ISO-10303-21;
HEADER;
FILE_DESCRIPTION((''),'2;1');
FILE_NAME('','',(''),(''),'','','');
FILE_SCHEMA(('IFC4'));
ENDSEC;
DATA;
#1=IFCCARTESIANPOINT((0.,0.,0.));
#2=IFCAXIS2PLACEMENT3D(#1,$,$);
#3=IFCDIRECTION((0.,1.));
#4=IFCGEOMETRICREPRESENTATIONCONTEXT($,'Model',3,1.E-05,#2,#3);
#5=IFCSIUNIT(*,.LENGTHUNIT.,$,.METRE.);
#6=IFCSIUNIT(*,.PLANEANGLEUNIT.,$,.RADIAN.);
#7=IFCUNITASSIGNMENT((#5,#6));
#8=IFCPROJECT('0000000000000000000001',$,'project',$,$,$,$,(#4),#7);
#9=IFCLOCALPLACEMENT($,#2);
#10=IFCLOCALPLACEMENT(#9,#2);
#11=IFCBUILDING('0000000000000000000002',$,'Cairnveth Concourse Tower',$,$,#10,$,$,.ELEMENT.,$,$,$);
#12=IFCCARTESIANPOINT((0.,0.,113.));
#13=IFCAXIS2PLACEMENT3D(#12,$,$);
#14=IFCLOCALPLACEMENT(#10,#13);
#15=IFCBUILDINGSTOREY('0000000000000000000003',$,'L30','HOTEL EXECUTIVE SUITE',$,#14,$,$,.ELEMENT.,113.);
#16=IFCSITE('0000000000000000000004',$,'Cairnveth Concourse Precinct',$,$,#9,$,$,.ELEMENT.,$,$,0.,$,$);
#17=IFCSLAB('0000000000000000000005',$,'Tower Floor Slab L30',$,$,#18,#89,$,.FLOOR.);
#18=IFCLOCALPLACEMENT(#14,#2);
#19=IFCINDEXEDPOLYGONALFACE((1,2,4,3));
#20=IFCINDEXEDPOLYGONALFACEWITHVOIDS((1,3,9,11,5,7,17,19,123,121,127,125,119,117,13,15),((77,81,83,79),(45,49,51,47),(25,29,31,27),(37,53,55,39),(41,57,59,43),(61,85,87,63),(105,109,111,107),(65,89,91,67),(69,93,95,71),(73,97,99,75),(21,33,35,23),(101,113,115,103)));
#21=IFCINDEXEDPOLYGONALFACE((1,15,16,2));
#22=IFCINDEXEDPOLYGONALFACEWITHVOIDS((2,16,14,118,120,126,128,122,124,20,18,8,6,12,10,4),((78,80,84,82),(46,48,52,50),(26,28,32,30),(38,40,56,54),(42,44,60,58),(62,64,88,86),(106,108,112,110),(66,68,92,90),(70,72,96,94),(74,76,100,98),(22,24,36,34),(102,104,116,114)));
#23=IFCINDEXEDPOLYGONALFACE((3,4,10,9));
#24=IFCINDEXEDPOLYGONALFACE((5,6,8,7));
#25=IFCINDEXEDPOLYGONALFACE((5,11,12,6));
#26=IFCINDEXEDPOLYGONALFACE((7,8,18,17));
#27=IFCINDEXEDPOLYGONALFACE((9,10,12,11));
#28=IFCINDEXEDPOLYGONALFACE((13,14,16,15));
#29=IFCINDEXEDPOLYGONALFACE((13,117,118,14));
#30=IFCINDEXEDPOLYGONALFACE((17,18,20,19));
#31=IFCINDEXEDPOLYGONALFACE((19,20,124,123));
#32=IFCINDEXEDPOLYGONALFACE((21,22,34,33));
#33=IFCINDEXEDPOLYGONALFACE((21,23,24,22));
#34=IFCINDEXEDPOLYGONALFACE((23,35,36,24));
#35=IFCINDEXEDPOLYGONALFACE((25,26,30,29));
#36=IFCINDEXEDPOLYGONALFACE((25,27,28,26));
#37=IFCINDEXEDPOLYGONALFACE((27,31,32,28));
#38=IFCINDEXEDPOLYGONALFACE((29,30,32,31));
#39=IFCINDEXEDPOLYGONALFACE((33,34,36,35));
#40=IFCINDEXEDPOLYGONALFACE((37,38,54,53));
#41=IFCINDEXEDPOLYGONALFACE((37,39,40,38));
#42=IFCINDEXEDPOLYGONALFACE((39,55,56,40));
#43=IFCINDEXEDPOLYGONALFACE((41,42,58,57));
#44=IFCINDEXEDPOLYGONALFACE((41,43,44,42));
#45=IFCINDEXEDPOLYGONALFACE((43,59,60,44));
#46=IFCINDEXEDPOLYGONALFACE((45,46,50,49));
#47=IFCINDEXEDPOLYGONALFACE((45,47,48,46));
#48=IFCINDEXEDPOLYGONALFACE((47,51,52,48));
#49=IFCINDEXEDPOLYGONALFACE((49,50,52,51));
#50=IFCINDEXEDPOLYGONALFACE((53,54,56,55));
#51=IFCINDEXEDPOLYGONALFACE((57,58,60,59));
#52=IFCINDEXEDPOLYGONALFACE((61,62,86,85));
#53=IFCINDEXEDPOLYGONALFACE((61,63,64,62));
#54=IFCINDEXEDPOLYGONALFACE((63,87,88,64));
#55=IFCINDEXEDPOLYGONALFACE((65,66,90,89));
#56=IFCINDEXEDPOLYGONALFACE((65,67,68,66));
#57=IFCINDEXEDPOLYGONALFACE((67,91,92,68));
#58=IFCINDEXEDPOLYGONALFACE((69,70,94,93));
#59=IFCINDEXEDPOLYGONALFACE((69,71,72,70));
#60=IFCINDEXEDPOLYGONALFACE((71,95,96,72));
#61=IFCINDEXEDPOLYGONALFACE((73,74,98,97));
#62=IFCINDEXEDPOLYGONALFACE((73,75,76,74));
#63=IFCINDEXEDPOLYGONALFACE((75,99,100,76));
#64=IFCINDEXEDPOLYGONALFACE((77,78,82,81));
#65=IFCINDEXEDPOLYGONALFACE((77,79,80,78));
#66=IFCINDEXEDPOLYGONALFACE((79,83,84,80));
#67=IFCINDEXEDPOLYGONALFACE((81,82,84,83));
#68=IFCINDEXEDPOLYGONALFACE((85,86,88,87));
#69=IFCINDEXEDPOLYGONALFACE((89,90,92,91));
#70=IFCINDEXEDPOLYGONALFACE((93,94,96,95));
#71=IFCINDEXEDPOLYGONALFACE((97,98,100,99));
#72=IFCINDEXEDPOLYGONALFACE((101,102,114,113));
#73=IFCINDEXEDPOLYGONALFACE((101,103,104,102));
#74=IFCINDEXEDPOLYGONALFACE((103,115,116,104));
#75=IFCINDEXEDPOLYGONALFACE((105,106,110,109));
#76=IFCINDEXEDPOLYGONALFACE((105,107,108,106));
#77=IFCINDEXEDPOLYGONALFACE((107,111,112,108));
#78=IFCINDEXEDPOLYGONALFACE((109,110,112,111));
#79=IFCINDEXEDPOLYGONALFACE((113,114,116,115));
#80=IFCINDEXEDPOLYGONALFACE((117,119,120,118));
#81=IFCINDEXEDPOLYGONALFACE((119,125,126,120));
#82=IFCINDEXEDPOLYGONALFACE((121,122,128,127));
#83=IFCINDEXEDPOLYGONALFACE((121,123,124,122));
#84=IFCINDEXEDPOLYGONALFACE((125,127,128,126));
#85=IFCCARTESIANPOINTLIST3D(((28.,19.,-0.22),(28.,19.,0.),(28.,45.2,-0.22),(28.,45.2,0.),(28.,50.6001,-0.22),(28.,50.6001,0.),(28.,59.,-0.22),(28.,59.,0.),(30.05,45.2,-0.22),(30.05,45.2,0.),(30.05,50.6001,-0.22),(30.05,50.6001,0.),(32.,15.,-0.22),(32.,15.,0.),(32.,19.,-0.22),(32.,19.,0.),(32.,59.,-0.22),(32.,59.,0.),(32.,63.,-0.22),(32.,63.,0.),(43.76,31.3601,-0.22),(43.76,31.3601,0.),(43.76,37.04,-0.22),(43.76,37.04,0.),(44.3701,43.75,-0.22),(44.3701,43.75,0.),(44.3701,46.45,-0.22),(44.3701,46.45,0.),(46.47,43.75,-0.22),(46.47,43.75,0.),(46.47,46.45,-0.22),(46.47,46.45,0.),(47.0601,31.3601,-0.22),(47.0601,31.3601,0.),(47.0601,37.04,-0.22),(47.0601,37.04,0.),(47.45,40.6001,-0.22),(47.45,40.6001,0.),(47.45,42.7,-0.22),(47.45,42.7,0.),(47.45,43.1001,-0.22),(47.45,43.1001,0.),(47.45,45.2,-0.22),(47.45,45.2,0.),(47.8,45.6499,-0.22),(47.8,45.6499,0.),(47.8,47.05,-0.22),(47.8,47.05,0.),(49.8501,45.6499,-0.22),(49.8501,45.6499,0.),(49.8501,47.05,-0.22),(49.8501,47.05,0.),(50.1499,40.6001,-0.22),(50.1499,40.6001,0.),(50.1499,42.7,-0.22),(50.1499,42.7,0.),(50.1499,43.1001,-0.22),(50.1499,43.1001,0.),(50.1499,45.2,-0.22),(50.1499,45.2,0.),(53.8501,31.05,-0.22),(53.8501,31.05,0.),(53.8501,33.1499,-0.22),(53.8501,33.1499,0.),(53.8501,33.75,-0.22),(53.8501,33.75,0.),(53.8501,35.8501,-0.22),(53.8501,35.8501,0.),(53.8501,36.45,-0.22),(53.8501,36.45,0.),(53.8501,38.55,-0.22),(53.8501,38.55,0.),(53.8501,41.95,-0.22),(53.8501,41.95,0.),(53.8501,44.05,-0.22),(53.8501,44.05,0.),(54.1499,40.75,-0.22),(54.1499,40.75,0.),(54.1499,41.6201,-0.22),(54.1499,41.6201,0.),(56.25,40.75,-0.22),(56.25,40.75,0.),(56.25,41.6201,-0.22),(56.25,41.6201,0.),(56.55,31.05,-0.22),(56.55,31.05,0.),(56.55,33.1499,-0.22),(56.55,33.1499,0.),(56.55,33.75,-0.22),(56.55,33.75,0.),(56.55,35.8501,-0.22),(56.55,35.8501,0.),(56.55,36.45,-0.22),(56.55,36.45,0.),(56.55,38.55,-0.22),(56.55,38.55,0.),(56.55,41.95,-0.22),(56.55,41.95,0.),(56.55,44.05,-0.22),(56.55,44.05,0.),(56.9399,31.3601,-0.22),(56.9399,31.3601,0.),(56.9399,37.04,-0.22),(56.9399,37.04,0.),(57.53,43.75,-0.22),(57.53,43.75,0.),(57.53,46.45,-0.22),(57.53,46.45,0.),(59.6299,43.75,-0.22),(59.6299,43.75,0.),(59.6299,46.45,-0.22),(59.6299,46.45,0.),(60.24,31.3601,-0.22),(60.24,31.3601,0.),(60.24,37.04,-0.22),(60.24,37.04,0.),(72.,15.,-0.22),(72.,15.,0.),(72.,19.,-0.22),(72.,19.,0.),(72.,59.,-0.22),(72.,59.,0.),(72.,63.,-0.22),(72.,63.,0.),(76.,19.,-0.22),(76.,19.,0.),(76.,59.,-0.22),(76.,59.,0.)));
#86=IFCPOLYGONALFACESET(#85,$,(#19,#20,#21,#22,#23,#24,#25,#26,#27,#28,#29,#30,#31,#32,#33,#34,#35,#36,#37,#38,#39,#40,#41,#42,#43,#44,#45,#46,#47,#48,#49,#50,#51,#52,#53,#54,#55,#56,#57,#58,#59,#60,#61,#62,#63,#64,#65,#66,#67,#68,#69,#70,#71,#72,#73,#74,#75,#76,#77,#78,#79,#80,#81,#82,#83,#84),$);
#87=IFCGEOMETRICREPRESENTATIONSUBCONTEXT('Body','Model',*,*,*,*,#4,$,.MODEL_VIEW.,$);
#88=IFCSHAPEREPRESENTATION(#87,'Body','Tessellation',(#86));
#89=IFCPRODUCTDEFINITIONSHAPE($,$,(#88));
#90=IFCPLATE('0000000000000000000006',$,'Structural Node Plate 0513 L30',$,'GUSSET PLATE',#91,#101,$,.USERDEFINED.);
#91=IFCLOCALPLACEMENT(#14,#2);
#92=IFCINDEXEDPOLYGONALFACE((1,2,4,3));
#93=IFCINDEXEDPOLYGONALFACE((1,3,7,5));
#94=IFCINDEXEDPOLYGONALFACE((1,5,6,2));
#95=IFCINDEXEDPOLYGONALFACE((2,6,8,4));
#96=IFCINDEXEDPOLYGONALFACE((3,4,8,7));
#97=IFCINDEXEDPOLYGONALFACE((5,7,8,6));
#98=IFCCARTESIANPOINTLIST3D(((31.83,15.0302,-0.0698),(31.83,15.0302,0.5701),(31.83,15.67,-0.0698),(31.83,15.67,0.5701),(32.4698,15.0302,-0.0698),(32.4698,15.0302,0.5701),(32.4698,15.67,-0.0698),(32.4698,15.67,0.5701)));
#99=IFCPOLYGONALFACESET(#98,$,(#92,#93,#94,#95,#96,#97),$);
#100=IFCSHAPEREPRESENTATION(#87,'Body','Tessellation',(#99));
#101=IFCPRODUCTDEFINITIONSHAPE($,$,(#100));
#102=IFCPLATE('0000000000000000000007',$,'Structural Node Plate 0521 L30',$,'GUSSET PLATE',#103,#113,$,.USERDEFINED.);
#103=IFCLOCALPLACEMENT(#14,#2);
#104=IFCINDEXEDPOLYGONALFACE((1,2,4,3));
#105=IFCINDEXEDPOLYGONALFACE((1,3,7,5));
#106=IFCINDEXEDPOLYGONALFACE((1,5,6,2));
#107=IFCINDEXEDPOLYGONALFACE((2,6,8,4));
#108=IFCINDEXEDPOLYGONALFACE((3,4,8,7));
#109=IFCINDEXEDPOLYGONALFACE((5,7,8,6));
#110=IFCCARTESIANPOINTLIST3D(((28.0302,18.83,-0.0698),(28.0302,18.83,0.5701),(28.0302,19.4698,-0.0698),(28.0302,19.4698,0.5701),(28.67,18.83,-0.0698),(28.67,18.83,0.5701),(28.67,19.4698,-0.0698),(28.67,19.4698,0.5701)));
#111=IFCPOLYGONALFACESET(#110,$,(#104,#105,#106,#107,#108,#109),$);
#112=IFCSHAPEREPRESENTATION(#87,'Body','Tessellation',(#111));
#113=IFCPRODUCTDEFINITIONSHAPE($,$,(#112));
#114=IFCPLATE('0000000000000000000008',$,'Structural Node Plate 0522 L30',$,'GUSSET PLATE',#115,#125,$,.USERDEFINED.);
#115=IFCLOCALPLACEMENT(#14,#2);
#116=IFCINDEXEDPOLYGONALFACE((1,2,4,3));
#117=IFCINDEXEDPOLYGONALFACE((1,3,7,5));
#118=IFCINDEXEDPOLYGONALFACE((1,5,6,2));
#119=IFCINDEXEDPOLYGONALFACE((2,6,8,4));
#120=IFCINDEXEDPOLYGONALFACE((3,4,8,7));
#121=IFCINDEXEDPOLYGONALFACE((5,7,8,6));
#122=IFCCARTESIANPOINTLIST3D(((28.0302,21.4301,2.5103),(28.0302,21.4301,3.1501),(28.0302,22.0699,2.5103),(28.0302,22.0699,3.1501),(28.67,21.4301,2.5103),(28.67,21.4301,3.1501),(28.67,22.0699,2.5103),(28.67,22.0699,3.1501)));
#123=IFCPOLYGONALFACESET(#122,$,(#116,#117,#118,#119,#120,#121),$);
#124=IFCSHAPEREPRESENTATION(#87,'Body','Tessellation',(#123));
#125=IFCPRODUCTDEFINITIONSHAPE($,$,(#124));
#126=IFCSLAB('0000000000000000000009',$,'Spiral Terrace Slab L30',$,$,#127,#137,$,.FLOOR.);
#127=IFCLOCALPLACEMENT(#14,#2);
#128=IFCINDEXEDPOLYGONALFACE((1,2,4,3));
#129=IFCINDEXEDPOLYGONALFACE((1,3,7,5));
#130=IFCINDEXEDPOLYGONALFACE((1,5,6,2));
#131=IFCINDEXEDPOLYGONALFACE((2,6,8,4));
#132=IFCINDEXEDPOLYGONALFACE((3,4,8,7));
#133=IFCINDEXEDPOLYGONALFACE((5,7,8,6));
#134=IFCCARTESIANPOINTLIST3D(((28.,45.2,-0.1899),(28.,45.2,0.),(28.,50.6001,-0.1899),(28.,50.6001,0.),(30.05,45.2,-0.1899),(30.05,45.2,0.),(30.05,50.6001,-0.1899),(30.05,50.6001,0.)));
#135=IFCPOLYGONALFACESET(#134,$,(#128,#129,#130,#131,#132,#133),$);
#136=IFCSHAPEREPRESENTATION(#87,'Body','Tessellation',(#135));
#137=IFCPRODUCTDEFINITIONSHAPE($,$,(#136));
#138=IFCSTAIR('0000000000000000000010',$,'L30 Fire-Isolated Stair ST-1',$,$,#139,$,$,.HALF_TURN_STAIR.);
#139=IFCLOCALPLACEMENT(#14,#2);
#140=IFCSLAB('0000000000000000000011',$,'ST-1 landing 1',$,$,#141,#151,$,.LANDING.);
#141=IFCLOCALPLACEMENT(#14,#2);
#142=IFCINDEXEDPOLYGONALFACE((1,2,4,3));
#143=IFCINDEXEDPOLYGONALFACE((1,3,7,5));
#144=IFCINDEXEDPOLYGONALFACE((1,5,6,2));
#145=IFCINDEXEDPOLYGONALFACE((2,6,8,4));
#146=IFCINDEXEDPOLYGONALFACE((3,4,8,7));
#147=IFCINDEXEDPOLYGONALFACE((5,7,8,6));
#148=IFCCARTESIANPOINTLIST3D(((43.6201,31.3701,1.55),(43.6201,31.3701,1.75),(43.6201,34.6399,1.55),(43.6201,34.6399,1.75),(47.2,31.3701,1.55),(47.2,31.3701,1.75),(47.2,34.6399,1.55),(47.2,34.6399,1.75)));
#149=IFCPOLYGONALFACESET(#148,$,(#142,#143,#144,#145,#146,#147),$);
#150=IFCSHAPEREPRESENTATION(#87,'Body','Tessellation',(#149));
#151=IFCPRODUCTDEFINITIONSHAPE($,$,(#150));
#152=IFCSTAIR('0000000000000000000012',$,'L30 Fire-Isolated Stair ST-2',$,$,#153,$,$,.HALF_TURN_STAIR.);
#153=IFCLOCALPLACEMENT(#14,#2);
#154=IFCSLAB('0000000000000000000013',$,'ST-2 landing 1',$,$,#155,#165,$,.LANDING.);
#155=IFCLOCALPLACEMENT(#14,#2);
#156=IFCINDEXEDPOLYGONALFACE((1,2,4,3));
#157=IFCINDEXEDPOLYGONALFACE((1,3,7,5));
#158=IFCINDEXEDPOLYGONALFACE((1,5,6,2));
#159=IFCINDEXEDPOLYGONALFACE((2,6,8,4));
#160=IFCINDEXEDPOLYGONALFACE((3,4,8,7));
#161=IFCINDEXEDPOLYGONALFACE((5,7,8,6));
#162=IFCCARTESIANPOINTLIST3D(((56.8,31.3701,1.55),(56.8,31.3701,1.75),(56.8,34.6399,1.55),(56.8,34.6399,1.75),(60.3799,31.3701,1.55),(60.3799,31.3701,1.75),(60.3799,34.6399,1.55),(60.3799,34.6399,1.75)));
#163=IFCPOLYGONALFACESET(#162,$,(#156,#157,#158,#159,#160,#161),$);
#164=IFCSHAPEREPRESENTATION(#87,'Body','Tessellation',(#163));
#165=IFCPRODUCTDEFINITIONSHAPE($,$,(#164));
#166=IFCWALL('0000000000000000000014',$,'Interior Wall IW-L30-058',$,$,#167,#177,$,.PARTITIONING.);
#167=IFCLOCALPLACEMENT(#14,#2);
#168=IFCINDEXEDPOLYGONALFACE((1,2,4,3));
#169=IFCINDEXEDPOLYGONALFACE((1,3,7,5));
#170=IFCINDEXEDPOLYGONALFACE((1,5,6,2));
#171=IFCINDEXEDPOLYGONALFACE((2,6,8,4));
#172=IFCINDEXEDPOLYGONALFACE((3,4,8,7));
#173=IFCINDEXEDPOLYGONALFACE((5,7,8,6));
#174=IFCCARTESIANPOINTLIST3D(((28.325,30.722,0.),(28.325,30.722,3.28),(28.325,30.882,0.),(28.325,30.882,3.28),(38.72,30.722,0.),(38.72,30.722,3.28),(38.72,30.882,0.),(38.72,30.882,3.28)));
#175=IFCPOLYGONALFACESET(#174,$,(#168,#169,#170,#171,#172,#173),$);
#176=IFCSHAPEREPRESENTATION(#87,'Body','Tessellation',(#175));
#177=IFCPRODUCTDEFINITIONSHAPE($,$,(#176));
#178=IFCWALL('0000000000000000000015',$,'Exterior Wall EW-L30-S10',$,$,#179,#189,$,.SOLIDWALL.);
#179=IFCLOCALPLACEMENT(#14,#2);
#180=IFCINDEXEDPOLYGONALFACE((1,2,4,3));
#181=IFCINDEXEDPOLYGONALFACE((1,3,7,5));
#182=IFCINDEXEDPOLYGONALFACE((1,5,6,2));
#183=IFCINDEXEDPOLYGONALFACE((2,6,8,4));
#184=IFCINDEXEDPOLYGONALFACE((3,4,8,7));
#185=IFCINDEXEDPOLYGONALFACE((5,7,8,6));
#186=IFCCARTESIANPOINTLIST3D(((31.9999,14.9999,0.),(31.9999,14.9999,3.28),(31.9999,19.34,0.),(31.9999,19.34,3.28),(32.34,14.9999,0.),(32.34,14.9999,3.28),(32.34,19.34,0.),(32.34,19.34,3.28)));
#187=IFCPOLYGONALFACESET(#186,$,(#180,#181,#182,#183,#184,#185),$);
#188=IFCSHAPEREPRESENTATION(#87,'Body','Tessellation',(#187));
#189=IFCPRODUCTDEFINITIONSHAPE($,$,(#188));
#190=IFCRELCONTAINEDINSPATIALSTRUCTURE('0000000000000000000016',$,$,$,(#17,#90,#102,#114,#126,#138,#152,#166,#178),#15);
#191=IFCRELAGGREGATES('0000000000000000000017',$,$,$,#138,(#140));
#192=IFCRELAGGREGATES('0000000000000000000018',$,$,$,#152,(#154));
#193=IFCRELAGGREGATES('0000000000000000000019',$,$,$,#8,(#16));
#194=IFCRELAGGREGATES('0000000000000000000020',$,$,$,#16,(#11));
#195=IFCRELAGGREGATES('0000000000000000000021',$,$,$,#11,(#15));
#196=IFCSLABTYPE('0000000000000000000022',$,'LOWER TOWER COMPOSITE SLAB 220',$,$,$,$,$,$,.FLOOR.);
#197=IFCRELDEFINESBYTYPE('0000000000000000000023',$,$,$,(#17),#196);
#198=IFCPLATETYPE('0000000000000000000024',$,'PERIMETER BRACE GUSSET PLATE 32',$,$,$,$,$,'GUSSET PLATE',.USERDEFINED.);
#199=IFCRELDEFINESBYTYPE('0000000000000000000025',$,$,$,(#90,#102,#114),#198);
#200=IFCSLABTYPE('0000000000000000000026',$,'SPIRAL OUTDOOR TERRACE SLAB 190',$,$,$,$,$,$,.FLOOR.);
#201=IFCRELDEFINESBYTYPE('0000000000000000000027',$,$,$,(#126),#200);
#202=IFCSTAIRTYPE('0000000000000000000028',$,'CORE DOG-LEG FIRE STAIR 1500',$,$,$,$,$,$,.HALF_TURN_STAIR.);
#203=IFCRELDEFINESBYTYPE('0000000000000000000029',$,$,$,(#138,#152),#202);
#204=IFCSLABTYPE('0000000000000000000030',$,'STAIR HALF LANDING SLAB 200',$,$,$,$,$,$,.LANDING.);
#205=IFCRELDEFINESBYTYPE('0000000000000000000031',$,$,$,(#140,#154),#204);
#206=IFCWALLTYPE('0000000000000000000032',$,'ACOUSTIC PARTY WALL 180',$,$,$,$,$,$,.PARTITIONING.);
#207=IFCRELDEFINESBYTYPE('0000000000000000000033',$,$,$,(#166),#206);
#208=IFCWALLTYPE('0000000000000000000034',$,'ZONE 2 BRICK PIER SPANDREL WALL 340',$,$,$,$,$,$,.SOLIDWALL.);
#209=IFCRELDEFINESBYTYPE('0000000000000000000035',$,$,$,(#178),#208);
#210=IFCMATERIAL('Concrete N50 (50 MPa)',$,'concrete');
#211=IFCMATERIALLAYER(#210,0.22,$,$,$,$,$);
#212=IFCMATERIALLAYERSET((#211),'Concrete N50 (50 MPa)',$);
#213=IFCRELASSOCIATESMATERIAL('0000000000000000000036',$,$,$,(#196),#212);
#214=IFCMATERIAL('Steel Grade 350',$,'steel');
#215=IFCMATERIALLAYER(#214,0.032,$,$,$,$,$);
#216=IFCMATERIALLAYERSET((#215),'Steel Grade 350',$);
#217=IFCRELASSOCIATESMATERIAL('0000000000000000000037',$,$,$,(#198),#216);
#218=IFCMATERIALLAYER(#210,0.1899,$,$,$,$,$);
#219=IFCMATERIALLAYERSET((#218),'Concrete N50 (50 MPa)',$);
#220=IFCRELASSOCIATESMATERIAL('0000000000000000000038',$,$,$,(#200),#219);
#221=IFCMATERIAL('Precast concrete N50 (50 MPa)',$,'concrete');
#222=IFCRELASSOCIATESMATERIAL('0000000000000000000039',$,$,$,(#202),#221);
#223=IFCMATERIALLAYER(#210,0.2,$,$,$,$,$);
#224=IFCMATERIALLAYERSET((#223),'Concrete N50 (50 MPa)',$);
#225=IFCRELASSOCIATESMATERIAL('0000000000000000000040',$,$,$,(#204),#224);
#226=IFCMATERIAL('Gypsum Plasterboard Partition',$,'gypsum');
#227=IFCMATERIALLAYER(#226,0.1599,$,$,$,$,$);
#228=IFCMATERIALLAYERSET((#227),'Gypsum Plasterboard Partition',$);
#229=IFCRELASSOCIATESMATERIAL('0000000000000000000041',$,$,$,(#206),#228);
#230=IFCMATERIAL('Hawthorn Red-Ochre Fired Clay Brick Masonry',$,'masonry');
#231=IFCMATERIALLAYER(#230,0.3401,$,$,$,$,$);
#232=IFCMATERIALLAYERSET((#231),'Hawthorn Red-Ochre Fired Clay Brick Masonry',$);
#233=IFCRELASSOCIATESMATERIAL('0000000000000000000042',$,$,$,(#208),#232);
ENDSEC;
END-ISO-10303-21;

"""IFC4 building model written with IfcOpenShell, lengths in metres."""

from ifc_helpers import new_model, si_unit, direction, frame, frame_2d, origin, origin_2d, place, context, subcontext, project, spatial, polyline, rectangle, outline, extrude, material, layer, layer_set, type_object, element, aggregate, save


model = new_model("IFC4")

# Units and contexts
model_context = context("Model", 3, precision=1e-05, world=origin(), true_north=direction((0.0, 1.0)))
body_context = subcontext(model_context, "Body", "Model", "MODEL_VIEW")
ifc_project = project(units=[si_unit("LENGTHUNIT", "METRE"), si_unit("PLANEANGLEUNIT", "RADIAN")], contexts=[model_context])

# Site, building, storey
site_placement = place(None, origin())
site = spatial("IfcSite", under=ifc_project, at=site_placement, Name="Cairnveth Concourse Precinct", CompositionType="ELEMENT", RefElevation=0.0)
building_placement = place(site_placement, origin())
building = spatial("IfcBuilding", under=site, at=building_placement, Name="Cairnveth Concourse Tower", CompositionType="ELEMENT")
storey_placement = place(building_placement, frame((0.0, 0.0, 113.0)))
storey = spatial("IfcBuildingStorey", under=building, at=storey_placement, Name="L30", Description="HOTEL EXECUTIVE SUITE", CompositionType="ELEMENT", Elevation=113.0)

# Shared definitions
ifc_material_1 = material(Name="Steel Grade 350", Category="steel")

# Slab
ifc_material_2 = material(Name="Concrete N50 (50 MPa)", Category="concrete")
ifc_layer_1 = layer(ifc_material_2, 0.22)
ifc_layer_set_1 = layer_set([ifc_layer_1], Name="Concrete N50 (50 MPa)")
slab_type_1 = type_object("IfcSlabType", Name="LOWER TOWER COMPOSITE SLAB 220", PredefinedType="FLOOR", material=ifc_layer_set_1)
slab_1_placement = place(storey_placement, frame((0.0, 0.0, -0.22)))
element("IfcSlab", 1, at=slab_1_placement, inside=storey, type_object=slab_type_1, Name="Tower Floor Slab L30", PredefinedType="FLOOR", context=body_context, shape_type="SweptSolid", body=[
    extrude(outline(polyline([(28.0, 50.6001), (30.05, 50.6001), (30.05, 45.2), (28.0, 45.2), (28.0, 19.0), (32.0, 19.0), (32.0, 15.0), (72.0, 15.0), (72.0, 19.0), (76.0, 19.0), (76.0, 59.0), (72.0, 59.0), (72.0, 63.0), (32.0, 63.0), (32.0, 59.0), (28.0, 59.0), (28.0, 50.6001)]), holes=[polyline([(43.76, 31.3601), (47.0601, 31.3601), (47.0601, 37.04), (43.76, 37.04), (43.76, 31.3601)]), polyline([(56.9399, 31.3601), (60.24, 31.3601), (60.24, 37.04), (56.9399, 37.04), (56.9399, 31.3601)]), polyline([(44.3701, 43.75), (46.47, 43.75), (46.47, 46.45), (44.3701, 46.45), (44.3701, 43.75)]), polyline([(57.53, 43.75), (59.6299, 43.75), (59.6299, 46.45), (57.53, 46.45), (57.53, 43.75)]), polyline([(53.8501, 31.05), (56.55, 31.05), (56.55, 33.1499), (53.8501, 33.1499), (53.8501, 31.05)]), polyline([(53.8501, 33.75), (56.55, 33.75), (56.55, 35.8501), (53.8501, 35.8501), (53.8501, 33.75)]), polyline([(53.8501, 36.45), (56.55, 36.45), (56.55, 38.55), (53.8501, 38.55), (53.8501, 36.45)]), polyline([(47.45, 40.6001), (50.1499, 40.6001), (50.1499, 42.7), (47.45, 42.7), (47.45, 40.6001)]), polyline([(47.45, 43.1001), (50.1499, 43.1001), (50.1499, 45.2), (47.45, 45.2), (47.45, 43.1001)]), polyline([(53.8501, 41.95), (56.55, 41.95), (56.55, 44.05), (53.8501, 44.05), (53.8501, 41.95)]), polyline([(47.8, 45.6499), (49.8501, 45.6499), (49.8501, 47.05), (47.8, 47.05), (47.8, 45.6499)]), polyline([(54.1499, 40.75), (56.25, 40.75), (56.25, 41.6201), (54.1499, 41.6201), (54.1499, 40.75)])]), origin(), (0.0, 0.0, 1.0), 0.22),
])

# Plates
ifc_layer_2 = layer(ifc_material_1, 0.032)
ifc_layer_set_2 = layer_set([ifc_layer_2], Name="Steel Grade 350")
plate_type = type_object("IfcPlateType", Name="PERIMETER BRACE GUSSET PLATE 32", ElementType="GUSSET PLATE", PredefinedType="USERDEFINED", material=ifc_layer_set_2)
for number, where, z_axis, x_axis, name in (
    (2, (32.1499, 15.3501, -0.0698), (0.0, 0.0, 1.0), (1.0, 0.0, 0.0), "Structural Node Plate 0513 L30"),
    (3, (28.3501, 19.1499, -0.0698), (0.0, 0.0, 1.0), (1.0, 0.0, 0.0), "Structural Node Plate 0521 L30"),
    (4, (28.3501, 21.75, 2.5103), (0.0, 0.0, 1.0), (1.0, 0.0, 0.0), "Structural Node Plate 0522 L30"),
):
    element("IfcPlate", number, at=place(storey_placement, frame(where, z_axis=z_axis, x_axis=x_axis)), inside=storey, type_object=plate_type, Name=name, ObjectType="GUSSET PLATE", PredefinedType="USERDEFINED", context=body_context, shape_type="SweptSolid", body=[
        extrude(rectangle(XDim=0.6399, YDim=0.6399, at=origin_2d()), origin(), (0.0, 0.0, 1.0), 0.6399),
    ])

# Slab
ifc_layer_3 = layer(ifc_material_2, 0.1899)
ifc_layer_set_3 = layer_set([ifc_layer_3], Name="Concrete N50 (50 MPa)")
slab_type_2 = type_object("IfcSlabType", Name="SPIRAL OUTDOOR TERRACE SLAB 190", PredefinedType="FLOOR", material=ifc_layer_set_3)
slab_2_placement = place(storey_placement, frame((0.0, 0.0, -0.1899)))
element("IfcSlab", 5, at=slab_2_placement, inside=storey, type_object=slab_type_2, Name="Spiral Terrace Slab L30", PredefinedType="FLOOR", context=body_context, shape_type="SweptSolid", body=[
    extrude(outline(polyline([(28.0, 45.2), (30.05, 45.2), (30.05, 50.6001), (28.0, 50.6001), (28.0, 45.2)])), origin(), (0.0, 0.0, 1.0), 0.1899),
])

# Stairs, slabs
ifc_material_3 = material(Name="Precast concrete N50 (50 MPa)", Category="concrete")
stair_type = type_object("IfcStairType", Name="CORE DOG-LEG FIRE STAIR 1500", PredefinedType="HALF_TURN_STAIR", material=ifc_material_3)
stair_1_placement = place(storey_placement, origin())
stair_1 = element("IfcStair", 6, at=stair_1_placement, inside=storey, type_object=stair_type, Name="L30 Fire-Isolated Stair ST-1", PredefinedType="HALF_TURN_STAIR")
ifc_layer_4 = layer(ifc_material_2, 0.2)
ifc_layer_set_4 = layer_set([ifc_layer_4], Name="Concrete N50 (50 MPa)")
slab_type_3 = type_object("IfcSlabType", Name="STAIR HALF LANDING SLAB 200", PredefinedType="LANDING", material=ifc_layer_set_4)
slab_3_placement = place(storey_placement, frame((0.0, 0.0, 1.55)))
slab_3 = element("IfcSlab", 7, at=slab_3_placement, type_object=slab_type_3, Name="ST-1 landing 1", PredefinedType="LANDING", context=body_context, shape_type="SweptSolid", body=[
    extrude(outline(polyline([(43.6201, 34.6399), (43.6201, 31.3701), (47.2, 31.3701), (47.2, 34.6399), (43.6201, 34.6399)])), origin(), (0.0, 0.0, 1.0), 0.2),
])
aggregate(stair_1, [slab_3])
stair_2_placement = place(storey_placement, origin())
stair_2 = element("IfcStair", 8, at=stair_2_placement, inside=storey, type_object=stair_type, Name="L30 Fire-Isolated Stair ST-2", PredefinedType="HALF_TURN_STAIR")
slab_4_placement = place(storey_placement, frame((0.0, 0.0, 1.55)))
slab_4 = element("IfcSlab", 9, at=slab_4_placement, type_object=slab_type_3, Name="ST-2 landing 1", PredefinedType="LANDING", context=body_context, shape_type="SweptSolid", body=[
    extrude(outline(polyline([(56.8, 34.6399), (56.8, 31.3701), (60.3799, 31.3701), (60.3799, 34.6399), (56.8, 34.6399)])), origin(), (0.0, 0.0, 1.0), 0.2),
])
aggregate(stair_2, [slab_4])

# Walls
ifc_material_4 = material(Name="Gypsum Plasterboard Partition", Category="gypsum")
ifc_layer_5 = layer(ifc_material_4, 0.1599)
ifc_layer_set_5 = layer_set([ifc_layer_5], Name="Gypsum Plasterboard Partition")
wall_type_1 = type_object("IfcWallType", Name="ACOUSTIC PARTY WALL 180", PredefinedType="PARTITIONING", material=ifc_layer_set_5)
wall_1_placement = place(storey_placement, frame((28.325, 30.802, 0.0), z_axis=(0.0, 0.0, 1.0), x_axis=(1.0, 0.0, 0.0)))
element("IfcWall", 10, at=wall_1_placement, inside=storey, type_object=wall_type_1, Name="Interior Wall IW-L30-058", PredefinedType="PARTITIONING", context=body_context, shape_type="SweptSolid", body=[
    extrude(rectangle(XDim=10.395, YDim=0.1599, at=frame_2d((5.1975, 0.0))), origin(), (0.0, 0.0, 1.0), 3.28),
])
ifc_material_5 = material(Name="Hawthorn Red-Ochre Fired Clay Brick Masonry", Category="masonry")
ifc_layer_6 = layer(ifc_material_5, 0.3401)
ifc_layer_set_6 = layer_set([ifc_layer_6], Name="Hawthorn Red-Ochre Fired Clay Brick Masonry")
wall_type_2 = type_object("IfcWallType", Name="ZONE 2 BRICK PIER SPANDREL WALL 340", PredefinedType="SOLIDWALL", material=ifc_layer_set_6)
wall_2_placement = place(storey_placement, frame((32.1699, 15.0, 0.0), z_axis=(0.0, 0.0, 1.0), x_axis=(0.0, 1.0, 0.0)))
element("IfcWall", 11, at=wall_2_placement, inside=storey, type_object=wall_type_2, Name="Exterior Wall EW-L30-S10", PredefinedType="SOLIDWALL", context=body_context, shape_type="SweptSolid", body=[
    extrude(rectangle(XDim=4.3401, YDim=0.3401, at=frame_2d((2.1699, 0.0))), origin(), (0.0, 0.0, 1.0), 3.28),
])

save(model, "model.ifc")
